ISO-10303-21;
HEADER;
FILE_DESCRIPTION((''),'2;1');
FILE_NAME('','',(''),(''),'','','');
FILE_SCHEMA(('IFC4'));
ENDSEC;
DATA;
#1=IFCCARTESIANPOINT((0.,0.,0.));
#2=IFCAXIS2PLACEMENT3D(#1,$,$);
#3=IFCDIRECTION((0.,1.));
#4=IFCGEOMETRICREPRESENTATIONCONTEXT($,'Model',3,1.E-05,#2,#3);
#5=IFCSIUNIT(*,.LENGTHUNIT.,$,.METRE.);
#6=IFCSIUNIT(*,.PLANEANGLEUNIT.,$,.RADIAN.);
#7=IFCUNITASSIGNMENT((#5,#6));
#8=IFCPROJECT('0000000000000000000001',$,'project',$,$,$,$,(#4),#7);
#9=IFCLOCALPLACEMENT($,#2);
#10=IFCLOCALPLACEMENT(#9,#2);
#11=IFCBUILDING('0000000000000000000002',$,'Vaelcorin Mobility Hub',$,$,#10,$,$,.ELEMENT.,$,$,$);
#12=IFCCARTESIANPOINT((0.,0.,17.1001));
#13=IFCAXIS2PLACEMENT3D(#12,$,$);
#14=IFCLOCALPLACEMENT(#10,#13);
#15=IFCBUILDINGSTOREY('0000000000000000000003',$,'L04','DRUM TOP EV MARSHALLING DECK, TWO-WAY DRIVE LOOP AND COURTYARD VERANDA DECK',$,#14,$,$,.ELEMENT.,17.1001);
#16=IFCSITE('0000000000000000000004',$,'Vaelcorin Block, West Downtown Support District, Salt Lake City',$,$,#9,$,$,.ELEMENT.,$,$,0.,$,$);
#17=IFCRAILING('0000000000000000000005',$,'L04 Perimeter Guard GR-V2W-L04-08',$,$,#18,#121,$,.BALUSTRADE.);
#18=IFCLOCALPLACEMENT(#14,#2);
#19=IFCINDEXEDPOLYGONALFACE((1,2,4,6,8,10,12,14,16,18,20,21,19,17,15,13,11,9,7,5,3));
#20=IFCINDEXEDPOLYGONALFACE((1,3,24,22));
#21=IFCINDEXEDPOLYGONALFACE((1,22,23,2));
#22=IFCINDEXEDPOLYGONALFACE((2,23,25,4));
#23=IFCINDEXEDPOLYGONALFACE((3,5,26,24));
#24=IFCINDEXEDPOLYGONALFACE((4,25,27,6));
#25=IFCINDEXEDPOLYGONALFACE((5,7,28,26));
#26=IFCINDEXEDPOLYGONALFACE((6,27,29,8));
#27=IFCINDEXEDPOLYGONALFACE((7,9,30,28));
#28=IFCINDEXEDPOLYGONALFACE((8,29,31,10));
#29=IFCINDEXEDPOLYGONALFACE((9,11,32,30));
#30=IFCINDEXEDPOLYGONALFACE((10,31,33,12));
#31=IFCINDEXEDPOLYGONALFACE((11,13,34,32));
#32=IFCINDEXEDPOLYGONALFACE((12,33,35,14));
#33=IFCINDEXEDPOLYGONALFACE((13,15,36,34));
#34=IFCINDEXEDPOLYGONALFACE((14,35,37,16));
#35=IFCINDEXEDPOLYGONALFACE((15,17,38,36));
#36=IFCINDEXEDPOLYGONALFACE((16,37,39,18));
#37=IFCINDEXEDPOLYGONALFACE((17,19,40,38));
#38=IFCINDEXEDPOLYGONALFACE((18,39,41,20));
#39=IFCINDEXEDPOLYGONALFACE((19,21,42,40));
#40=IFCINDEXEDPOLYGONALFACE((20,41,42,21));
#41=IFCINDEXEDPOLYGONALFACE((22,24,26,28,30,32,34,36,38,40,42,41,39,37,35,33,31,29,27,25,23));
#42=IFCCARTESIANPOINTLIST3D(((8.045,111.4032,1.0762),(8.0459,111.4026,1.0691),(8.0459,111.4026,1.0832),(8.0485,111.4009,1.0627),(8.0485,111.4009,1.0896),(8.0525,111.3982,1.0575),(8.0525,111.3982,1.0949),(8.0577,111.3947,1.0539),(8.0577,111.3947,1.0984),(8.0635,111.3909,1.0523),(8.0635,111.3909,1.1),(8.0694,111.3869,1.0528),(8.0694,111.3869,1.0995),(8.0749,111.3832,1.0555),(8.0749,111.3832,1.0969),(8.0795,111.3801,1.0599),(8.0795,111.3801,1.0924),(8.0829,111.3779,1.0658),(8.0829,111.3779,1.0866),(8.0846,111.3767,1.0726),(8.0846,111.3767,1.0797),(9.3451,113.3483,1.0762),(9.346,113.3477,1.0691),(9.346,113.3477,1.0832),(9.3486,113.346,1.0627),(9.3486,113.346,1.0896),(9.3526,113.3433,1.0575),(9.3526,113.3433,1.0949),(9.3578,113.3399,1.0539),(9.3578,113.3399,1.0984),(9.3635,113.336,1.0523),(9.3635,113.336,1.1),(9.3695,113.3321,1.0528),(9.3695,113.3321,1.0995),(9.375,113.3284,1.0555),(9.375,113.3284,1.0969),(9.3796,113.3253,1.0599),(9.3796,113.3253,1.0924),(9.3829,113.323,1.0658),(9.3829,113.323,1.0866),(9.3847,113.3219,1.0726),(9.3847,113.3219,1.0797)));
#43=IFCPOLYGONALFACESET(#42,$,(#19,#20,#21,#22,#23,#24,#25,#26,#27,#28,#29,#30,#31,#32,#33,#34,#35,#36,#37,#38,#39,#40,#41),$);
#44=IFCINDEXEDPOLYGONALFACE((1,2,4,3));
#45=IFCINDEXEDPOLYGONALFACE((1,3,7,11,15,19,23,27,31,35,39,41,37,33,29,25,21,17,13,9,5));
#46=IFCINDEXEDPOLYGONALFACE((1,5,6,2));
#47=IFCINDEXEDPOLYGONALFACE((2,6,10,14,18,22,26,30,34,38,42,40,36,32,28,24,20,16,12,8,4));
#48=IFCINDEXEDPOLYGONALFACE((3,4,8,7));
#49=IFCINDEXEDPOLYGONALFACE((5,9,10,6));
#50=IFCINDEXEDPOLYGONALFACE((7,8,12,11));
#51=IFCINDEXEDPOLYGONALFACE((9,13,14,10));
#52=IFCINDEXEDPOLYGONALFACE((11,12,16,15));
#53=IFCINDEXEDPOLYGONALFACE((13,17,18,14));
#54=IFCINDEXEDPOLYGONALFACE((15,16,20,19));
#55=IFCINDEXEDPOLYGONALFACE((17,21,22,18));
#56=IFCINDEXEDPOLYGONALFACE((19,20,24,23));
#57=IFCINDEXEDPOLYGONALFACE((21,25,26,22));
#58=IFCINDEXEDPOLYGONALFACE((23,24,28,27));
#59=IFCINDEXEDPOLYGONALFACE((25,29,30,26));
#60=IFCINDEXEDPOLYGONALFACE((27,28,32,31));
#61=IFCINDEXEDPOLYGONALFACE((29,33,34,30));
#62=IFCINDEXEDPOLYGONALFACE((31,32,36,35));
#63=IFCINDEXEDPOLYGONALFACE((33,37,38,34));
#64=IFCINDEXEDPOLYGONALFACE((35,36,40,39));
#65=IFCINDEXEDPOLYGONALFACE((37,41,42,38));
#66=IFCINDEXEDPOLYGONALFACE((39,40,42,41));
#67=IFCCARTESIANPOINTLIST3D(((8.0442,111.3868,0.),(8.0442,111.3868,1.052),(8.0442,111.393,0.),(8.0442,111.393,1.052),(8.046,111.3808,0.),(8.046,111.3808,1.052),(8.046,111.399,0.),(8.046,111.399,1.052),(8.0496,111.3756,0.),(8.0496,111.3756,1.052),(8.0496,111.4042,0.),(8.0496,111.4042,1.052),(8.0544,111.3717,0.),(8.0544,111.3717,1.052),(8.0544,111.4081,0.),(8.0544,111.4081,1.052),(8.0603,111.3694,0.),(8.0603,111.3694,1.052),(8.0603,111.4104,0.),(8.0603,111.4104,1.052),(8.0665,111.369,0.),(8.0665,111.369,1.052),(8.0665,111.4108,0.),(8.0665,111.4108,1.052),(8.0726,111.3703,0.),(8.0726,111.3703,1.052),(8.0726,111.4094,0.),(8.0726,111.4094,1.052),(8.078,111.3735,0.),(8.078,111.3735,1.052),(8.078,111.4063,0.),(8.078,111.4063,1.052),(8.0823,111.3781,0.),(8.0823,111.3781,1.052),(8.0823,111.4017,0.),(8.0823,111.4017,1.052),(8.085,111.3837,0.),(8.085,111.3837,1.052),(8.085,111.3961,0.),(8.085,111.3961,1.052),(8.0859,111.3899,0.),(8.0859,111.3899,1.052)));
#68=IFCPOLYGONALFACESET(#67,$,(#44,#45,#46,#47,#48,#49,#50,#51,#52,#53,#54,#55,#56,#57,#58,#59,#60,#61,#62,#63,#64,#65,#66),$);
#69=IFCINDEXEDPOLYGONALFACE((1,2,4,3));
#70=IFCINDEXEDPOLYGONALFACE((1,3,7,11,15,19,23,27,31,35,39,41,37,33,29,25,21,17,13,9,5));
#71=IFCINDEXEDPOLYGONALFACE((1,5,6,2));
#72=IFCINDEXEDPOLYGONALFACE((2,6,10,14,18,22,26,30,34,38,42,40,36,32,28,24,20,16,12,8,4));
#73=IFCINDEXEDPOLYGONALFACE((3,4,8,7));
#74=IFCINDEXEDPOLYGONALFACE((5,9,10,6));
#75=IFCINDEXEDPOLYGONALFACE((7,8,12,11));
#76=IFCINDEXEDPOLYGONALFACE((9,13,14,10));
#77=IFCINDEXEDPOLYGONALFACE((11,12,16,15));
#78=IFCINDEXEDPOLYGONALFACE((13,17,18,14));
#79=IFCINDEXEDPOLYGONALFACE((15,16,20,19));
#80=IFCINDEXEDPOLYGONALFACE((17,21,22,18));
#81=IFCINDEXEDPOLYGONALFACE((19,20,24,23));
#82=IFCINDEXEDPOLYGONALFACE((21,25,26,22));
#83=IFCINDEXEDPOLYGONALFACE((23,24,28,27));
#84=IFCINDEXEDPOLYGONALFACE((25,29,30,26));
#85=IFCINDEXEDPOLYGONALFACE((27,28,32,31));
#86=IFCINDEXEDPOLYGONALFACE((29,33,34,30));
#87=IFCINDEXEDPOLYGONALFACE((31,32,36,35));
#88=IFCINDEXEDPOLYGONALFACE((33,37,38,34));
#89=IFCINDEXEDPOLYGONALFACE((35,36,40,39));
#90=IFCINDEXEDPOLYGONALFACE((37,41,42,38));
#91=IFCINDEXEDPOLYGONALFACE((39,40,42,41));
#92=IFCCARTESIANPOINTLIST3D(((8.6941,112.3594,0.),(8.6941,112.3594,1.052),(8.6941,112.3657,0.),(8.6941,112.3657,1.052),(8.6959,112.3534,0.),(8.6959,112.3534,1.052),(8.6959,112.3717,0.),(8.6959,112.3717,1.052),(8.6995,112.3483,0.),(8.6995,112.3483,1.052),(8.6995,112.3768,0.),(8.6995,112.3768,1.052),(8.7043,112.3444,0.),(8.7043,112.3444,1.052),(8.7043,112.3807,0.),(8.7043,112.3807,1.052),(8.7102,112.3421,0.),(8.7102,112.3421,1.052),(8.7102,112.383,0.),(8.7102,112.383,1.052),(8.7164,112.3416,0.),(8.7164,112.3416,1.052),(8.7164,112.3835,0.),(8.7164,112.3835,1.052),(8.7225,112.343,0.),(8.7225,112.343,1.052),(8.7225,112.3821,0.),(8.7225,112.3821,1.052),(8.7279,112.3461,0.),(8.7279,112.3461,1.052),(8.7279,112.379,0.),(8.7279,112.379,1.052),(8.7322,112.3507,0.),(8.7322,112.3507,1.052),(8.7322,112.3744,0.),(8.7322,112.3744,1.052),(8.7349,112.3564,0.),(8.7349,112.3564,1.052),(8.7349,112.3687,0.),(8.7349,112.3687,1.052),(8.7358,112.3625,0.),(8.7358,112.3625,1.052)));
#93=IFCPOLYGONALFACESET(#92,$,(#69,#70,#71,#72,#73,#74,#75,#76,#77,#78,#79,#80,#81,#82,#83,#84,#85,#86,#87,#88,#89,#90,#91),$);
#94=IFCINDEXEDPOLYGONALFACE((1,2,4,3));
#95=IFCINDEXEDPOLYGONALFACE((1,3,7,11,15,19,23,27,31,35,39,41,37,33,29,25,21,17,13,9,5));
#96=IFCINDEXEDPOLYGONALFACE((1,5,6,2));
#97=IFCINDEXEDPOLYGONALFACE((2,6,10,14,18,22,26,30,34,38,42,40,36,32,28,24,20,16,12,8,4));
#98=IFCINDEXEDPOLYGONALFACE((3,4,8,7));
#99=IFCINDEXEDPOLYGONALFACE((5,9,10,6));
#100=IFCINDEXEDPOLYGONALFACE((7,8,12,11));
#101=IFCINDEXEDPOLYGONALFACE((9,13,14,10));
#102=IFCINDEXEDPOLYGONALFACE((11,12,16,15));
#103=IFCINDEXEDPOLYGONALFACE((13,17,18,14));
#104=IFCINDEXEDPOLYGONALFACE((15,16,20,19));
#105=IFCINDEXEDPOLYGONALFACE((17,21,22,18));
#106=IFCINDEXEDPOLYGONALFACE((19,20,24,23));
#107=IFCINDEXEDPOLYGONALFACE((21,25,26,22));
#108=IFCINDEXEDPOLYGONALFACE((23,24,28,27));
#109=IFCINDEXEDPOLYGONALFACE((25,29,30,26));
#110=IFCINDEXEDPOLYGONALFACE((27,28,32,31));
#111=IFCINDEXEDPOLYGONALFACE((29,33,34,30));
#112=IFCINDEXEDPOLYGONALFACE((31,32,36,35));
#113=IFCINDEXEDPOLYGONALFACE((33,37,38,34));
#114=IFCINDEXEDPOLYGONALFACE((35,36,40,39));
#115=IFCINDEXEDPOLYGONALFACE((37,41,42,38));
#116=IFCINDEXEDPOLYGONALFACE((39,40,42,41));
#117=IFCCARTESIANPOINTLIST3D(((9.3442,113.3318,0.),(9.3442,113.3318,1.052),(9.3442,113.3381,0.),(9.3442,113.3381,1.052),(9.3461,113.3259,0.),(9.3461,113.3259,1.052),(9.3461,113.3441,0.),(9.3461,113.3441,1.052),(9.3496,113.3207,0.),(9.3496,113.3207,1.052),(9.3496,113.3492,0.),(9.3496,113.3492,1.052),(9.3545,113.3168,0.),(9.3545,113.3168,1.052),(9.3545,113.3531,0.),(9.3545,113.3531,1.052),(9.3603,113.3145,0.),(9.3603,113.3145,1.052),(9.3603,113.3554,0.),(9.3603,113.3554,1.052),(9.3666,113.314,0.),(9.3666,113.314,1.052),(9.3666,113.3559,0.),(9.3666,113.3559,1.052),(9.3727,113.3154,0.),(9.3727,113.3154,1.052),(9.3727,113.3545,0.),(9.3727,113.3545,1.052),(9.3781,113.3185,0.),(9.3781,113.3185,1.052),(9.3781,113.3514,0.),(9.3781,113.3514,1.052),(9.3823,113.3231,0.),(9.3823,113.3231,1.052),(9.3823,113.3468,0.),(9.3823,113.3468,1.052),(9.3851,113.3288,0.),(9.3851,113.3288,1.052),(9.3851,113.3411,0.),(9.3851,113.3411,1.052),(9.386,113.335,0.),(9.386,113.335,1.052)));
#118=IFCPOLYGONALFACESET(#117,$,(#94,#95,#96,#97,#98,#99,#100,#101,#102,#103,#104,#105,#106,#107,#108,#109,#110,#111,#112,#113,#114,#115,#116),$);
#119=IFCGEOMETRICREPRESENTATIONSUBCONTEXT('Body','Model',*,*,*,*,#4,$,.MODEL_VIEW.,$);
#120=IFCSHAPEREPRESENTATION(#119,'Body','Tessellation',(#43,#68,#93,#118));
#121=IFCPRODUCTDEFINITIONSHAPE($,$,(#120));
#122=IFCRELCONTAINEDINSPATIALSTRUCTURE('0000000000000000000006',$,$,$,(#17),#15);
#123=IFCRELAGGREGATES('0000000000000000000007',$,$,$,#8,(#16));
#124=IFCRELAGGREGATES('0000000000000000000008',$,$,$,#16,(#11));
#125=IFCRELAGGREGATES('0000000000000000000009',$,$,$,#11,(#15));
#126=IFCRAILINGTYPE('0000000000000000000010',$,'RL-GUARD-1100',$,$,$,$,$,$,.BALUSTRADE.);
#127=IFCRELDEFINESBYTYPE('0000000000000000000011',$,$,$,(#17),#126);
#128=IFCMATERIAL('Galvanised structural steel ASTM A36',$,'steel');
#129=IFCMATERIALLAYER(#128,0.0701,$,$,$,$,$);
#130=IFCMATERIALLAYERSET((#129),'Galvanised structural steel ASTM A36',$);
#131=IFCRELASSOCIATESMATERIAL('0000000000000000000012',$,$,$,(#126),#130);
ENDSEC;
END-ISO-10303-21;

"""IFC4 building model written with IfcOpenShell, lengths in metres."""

from ifc_helpers import new_model, si_unit, direction, frame, origin, origin_2d, place, context, subcontext, project, spatial, circle, extrude, material, layer, layer_set, type_object, element, save


model = new_model("IFC4")

# Units and contexts
model_context = context("Model", 3, precision=1e-05, world=origin(), true_north=direction((0.0, 1.0)))
body_context = subcontext(model_context, "Body", "Model", "MODEL_VIEW")
ifc_project = project(units=[si_unit("LENGTHUNIT", "METRE"), si_unit("PLANEANGLEUNIT", "RADIAN")], contexts=[model_context])

# Site, building, storey
site_placement = place(None, origin())
site = spatial("IfcSite", under=ifc_project, at=site_placement, Name="Vaelcorin Block, West Downtown Support District, Salt Lake City", CompositionType="ELEMENT", RefElevation=0.0)
building_placement = place(site_placement, origin())
building = spatial("IfcBuilding", under=site, at=building_placement, Name="Vaelcorin Mobility Hub", CompositionType="ELEMENT")
storey_placement = place(building_placement, frame((0.0, 0.0, 17.1001)))
storey = spatial("IfcBuildingStorey", under=building, at=storey_placement, Name="L04", Description="DRUM TOP EV MARSHALLING DECK, TWO-WAY DRIVE LOOP AND COURTYARD VERANDA DECK", CompositionType="ELEMENT", Elevation=17.1001)

# Railing
ifc_material_1 = material(Name="Galvanised structural steel ASTM A36", Category="steel")
ifc_layer_1 = layer(ifc_material_1, 0.0701)
ifc_layer_set_1 = layer_set([ifc_layer_1], Name="Galvanised structural steel ASTM A36")
railing_type = type_object("IfcRailingType", Name="RL-GUARD-1100", PredefinedType="BALUSTRADE", material=ifc_layer_set_1)
railing_1_placement = place(storey_placement, frame((8.0649, 111.3899, 0.0)))
element("IfcRailing", 1, at=railing_1_placement, inside=storey, type_object=railing_type, Name="L04 Perimeter Guard GR-V2W-L04-08", PredefinedType="BALUSTRADE", context=body_context, shape_type="SweptSolid", body=[
    extrude(circle(Radius=0.0239, at=origin_2d()), frame((0.0, 0.0, 1.0762), z_axis=(0.555687, 0.831391, 0.0), x_axis=(-0.831391, 0.555687, 0.0)), (0.0, 0.0, 1.0), 2.3396),
    extrude(circle(Radius=0.021, at=origin_2d()), origin(), (0.0, 0.0, 1.0), 1.052),
    extrude(circle(Radius=0.021, at=origin_2d()), frame((0.6499, 0.9727, 0.0)), (0.0, 0.0, 1.0), 1.052),
    extrude(circle(Radius=0.021, at=origin_2d()), frame((1.3, 1.9451, 0.0)), (0.0, 0.0, 1.0), 1.052),
])

save(model, "model.ifc")
